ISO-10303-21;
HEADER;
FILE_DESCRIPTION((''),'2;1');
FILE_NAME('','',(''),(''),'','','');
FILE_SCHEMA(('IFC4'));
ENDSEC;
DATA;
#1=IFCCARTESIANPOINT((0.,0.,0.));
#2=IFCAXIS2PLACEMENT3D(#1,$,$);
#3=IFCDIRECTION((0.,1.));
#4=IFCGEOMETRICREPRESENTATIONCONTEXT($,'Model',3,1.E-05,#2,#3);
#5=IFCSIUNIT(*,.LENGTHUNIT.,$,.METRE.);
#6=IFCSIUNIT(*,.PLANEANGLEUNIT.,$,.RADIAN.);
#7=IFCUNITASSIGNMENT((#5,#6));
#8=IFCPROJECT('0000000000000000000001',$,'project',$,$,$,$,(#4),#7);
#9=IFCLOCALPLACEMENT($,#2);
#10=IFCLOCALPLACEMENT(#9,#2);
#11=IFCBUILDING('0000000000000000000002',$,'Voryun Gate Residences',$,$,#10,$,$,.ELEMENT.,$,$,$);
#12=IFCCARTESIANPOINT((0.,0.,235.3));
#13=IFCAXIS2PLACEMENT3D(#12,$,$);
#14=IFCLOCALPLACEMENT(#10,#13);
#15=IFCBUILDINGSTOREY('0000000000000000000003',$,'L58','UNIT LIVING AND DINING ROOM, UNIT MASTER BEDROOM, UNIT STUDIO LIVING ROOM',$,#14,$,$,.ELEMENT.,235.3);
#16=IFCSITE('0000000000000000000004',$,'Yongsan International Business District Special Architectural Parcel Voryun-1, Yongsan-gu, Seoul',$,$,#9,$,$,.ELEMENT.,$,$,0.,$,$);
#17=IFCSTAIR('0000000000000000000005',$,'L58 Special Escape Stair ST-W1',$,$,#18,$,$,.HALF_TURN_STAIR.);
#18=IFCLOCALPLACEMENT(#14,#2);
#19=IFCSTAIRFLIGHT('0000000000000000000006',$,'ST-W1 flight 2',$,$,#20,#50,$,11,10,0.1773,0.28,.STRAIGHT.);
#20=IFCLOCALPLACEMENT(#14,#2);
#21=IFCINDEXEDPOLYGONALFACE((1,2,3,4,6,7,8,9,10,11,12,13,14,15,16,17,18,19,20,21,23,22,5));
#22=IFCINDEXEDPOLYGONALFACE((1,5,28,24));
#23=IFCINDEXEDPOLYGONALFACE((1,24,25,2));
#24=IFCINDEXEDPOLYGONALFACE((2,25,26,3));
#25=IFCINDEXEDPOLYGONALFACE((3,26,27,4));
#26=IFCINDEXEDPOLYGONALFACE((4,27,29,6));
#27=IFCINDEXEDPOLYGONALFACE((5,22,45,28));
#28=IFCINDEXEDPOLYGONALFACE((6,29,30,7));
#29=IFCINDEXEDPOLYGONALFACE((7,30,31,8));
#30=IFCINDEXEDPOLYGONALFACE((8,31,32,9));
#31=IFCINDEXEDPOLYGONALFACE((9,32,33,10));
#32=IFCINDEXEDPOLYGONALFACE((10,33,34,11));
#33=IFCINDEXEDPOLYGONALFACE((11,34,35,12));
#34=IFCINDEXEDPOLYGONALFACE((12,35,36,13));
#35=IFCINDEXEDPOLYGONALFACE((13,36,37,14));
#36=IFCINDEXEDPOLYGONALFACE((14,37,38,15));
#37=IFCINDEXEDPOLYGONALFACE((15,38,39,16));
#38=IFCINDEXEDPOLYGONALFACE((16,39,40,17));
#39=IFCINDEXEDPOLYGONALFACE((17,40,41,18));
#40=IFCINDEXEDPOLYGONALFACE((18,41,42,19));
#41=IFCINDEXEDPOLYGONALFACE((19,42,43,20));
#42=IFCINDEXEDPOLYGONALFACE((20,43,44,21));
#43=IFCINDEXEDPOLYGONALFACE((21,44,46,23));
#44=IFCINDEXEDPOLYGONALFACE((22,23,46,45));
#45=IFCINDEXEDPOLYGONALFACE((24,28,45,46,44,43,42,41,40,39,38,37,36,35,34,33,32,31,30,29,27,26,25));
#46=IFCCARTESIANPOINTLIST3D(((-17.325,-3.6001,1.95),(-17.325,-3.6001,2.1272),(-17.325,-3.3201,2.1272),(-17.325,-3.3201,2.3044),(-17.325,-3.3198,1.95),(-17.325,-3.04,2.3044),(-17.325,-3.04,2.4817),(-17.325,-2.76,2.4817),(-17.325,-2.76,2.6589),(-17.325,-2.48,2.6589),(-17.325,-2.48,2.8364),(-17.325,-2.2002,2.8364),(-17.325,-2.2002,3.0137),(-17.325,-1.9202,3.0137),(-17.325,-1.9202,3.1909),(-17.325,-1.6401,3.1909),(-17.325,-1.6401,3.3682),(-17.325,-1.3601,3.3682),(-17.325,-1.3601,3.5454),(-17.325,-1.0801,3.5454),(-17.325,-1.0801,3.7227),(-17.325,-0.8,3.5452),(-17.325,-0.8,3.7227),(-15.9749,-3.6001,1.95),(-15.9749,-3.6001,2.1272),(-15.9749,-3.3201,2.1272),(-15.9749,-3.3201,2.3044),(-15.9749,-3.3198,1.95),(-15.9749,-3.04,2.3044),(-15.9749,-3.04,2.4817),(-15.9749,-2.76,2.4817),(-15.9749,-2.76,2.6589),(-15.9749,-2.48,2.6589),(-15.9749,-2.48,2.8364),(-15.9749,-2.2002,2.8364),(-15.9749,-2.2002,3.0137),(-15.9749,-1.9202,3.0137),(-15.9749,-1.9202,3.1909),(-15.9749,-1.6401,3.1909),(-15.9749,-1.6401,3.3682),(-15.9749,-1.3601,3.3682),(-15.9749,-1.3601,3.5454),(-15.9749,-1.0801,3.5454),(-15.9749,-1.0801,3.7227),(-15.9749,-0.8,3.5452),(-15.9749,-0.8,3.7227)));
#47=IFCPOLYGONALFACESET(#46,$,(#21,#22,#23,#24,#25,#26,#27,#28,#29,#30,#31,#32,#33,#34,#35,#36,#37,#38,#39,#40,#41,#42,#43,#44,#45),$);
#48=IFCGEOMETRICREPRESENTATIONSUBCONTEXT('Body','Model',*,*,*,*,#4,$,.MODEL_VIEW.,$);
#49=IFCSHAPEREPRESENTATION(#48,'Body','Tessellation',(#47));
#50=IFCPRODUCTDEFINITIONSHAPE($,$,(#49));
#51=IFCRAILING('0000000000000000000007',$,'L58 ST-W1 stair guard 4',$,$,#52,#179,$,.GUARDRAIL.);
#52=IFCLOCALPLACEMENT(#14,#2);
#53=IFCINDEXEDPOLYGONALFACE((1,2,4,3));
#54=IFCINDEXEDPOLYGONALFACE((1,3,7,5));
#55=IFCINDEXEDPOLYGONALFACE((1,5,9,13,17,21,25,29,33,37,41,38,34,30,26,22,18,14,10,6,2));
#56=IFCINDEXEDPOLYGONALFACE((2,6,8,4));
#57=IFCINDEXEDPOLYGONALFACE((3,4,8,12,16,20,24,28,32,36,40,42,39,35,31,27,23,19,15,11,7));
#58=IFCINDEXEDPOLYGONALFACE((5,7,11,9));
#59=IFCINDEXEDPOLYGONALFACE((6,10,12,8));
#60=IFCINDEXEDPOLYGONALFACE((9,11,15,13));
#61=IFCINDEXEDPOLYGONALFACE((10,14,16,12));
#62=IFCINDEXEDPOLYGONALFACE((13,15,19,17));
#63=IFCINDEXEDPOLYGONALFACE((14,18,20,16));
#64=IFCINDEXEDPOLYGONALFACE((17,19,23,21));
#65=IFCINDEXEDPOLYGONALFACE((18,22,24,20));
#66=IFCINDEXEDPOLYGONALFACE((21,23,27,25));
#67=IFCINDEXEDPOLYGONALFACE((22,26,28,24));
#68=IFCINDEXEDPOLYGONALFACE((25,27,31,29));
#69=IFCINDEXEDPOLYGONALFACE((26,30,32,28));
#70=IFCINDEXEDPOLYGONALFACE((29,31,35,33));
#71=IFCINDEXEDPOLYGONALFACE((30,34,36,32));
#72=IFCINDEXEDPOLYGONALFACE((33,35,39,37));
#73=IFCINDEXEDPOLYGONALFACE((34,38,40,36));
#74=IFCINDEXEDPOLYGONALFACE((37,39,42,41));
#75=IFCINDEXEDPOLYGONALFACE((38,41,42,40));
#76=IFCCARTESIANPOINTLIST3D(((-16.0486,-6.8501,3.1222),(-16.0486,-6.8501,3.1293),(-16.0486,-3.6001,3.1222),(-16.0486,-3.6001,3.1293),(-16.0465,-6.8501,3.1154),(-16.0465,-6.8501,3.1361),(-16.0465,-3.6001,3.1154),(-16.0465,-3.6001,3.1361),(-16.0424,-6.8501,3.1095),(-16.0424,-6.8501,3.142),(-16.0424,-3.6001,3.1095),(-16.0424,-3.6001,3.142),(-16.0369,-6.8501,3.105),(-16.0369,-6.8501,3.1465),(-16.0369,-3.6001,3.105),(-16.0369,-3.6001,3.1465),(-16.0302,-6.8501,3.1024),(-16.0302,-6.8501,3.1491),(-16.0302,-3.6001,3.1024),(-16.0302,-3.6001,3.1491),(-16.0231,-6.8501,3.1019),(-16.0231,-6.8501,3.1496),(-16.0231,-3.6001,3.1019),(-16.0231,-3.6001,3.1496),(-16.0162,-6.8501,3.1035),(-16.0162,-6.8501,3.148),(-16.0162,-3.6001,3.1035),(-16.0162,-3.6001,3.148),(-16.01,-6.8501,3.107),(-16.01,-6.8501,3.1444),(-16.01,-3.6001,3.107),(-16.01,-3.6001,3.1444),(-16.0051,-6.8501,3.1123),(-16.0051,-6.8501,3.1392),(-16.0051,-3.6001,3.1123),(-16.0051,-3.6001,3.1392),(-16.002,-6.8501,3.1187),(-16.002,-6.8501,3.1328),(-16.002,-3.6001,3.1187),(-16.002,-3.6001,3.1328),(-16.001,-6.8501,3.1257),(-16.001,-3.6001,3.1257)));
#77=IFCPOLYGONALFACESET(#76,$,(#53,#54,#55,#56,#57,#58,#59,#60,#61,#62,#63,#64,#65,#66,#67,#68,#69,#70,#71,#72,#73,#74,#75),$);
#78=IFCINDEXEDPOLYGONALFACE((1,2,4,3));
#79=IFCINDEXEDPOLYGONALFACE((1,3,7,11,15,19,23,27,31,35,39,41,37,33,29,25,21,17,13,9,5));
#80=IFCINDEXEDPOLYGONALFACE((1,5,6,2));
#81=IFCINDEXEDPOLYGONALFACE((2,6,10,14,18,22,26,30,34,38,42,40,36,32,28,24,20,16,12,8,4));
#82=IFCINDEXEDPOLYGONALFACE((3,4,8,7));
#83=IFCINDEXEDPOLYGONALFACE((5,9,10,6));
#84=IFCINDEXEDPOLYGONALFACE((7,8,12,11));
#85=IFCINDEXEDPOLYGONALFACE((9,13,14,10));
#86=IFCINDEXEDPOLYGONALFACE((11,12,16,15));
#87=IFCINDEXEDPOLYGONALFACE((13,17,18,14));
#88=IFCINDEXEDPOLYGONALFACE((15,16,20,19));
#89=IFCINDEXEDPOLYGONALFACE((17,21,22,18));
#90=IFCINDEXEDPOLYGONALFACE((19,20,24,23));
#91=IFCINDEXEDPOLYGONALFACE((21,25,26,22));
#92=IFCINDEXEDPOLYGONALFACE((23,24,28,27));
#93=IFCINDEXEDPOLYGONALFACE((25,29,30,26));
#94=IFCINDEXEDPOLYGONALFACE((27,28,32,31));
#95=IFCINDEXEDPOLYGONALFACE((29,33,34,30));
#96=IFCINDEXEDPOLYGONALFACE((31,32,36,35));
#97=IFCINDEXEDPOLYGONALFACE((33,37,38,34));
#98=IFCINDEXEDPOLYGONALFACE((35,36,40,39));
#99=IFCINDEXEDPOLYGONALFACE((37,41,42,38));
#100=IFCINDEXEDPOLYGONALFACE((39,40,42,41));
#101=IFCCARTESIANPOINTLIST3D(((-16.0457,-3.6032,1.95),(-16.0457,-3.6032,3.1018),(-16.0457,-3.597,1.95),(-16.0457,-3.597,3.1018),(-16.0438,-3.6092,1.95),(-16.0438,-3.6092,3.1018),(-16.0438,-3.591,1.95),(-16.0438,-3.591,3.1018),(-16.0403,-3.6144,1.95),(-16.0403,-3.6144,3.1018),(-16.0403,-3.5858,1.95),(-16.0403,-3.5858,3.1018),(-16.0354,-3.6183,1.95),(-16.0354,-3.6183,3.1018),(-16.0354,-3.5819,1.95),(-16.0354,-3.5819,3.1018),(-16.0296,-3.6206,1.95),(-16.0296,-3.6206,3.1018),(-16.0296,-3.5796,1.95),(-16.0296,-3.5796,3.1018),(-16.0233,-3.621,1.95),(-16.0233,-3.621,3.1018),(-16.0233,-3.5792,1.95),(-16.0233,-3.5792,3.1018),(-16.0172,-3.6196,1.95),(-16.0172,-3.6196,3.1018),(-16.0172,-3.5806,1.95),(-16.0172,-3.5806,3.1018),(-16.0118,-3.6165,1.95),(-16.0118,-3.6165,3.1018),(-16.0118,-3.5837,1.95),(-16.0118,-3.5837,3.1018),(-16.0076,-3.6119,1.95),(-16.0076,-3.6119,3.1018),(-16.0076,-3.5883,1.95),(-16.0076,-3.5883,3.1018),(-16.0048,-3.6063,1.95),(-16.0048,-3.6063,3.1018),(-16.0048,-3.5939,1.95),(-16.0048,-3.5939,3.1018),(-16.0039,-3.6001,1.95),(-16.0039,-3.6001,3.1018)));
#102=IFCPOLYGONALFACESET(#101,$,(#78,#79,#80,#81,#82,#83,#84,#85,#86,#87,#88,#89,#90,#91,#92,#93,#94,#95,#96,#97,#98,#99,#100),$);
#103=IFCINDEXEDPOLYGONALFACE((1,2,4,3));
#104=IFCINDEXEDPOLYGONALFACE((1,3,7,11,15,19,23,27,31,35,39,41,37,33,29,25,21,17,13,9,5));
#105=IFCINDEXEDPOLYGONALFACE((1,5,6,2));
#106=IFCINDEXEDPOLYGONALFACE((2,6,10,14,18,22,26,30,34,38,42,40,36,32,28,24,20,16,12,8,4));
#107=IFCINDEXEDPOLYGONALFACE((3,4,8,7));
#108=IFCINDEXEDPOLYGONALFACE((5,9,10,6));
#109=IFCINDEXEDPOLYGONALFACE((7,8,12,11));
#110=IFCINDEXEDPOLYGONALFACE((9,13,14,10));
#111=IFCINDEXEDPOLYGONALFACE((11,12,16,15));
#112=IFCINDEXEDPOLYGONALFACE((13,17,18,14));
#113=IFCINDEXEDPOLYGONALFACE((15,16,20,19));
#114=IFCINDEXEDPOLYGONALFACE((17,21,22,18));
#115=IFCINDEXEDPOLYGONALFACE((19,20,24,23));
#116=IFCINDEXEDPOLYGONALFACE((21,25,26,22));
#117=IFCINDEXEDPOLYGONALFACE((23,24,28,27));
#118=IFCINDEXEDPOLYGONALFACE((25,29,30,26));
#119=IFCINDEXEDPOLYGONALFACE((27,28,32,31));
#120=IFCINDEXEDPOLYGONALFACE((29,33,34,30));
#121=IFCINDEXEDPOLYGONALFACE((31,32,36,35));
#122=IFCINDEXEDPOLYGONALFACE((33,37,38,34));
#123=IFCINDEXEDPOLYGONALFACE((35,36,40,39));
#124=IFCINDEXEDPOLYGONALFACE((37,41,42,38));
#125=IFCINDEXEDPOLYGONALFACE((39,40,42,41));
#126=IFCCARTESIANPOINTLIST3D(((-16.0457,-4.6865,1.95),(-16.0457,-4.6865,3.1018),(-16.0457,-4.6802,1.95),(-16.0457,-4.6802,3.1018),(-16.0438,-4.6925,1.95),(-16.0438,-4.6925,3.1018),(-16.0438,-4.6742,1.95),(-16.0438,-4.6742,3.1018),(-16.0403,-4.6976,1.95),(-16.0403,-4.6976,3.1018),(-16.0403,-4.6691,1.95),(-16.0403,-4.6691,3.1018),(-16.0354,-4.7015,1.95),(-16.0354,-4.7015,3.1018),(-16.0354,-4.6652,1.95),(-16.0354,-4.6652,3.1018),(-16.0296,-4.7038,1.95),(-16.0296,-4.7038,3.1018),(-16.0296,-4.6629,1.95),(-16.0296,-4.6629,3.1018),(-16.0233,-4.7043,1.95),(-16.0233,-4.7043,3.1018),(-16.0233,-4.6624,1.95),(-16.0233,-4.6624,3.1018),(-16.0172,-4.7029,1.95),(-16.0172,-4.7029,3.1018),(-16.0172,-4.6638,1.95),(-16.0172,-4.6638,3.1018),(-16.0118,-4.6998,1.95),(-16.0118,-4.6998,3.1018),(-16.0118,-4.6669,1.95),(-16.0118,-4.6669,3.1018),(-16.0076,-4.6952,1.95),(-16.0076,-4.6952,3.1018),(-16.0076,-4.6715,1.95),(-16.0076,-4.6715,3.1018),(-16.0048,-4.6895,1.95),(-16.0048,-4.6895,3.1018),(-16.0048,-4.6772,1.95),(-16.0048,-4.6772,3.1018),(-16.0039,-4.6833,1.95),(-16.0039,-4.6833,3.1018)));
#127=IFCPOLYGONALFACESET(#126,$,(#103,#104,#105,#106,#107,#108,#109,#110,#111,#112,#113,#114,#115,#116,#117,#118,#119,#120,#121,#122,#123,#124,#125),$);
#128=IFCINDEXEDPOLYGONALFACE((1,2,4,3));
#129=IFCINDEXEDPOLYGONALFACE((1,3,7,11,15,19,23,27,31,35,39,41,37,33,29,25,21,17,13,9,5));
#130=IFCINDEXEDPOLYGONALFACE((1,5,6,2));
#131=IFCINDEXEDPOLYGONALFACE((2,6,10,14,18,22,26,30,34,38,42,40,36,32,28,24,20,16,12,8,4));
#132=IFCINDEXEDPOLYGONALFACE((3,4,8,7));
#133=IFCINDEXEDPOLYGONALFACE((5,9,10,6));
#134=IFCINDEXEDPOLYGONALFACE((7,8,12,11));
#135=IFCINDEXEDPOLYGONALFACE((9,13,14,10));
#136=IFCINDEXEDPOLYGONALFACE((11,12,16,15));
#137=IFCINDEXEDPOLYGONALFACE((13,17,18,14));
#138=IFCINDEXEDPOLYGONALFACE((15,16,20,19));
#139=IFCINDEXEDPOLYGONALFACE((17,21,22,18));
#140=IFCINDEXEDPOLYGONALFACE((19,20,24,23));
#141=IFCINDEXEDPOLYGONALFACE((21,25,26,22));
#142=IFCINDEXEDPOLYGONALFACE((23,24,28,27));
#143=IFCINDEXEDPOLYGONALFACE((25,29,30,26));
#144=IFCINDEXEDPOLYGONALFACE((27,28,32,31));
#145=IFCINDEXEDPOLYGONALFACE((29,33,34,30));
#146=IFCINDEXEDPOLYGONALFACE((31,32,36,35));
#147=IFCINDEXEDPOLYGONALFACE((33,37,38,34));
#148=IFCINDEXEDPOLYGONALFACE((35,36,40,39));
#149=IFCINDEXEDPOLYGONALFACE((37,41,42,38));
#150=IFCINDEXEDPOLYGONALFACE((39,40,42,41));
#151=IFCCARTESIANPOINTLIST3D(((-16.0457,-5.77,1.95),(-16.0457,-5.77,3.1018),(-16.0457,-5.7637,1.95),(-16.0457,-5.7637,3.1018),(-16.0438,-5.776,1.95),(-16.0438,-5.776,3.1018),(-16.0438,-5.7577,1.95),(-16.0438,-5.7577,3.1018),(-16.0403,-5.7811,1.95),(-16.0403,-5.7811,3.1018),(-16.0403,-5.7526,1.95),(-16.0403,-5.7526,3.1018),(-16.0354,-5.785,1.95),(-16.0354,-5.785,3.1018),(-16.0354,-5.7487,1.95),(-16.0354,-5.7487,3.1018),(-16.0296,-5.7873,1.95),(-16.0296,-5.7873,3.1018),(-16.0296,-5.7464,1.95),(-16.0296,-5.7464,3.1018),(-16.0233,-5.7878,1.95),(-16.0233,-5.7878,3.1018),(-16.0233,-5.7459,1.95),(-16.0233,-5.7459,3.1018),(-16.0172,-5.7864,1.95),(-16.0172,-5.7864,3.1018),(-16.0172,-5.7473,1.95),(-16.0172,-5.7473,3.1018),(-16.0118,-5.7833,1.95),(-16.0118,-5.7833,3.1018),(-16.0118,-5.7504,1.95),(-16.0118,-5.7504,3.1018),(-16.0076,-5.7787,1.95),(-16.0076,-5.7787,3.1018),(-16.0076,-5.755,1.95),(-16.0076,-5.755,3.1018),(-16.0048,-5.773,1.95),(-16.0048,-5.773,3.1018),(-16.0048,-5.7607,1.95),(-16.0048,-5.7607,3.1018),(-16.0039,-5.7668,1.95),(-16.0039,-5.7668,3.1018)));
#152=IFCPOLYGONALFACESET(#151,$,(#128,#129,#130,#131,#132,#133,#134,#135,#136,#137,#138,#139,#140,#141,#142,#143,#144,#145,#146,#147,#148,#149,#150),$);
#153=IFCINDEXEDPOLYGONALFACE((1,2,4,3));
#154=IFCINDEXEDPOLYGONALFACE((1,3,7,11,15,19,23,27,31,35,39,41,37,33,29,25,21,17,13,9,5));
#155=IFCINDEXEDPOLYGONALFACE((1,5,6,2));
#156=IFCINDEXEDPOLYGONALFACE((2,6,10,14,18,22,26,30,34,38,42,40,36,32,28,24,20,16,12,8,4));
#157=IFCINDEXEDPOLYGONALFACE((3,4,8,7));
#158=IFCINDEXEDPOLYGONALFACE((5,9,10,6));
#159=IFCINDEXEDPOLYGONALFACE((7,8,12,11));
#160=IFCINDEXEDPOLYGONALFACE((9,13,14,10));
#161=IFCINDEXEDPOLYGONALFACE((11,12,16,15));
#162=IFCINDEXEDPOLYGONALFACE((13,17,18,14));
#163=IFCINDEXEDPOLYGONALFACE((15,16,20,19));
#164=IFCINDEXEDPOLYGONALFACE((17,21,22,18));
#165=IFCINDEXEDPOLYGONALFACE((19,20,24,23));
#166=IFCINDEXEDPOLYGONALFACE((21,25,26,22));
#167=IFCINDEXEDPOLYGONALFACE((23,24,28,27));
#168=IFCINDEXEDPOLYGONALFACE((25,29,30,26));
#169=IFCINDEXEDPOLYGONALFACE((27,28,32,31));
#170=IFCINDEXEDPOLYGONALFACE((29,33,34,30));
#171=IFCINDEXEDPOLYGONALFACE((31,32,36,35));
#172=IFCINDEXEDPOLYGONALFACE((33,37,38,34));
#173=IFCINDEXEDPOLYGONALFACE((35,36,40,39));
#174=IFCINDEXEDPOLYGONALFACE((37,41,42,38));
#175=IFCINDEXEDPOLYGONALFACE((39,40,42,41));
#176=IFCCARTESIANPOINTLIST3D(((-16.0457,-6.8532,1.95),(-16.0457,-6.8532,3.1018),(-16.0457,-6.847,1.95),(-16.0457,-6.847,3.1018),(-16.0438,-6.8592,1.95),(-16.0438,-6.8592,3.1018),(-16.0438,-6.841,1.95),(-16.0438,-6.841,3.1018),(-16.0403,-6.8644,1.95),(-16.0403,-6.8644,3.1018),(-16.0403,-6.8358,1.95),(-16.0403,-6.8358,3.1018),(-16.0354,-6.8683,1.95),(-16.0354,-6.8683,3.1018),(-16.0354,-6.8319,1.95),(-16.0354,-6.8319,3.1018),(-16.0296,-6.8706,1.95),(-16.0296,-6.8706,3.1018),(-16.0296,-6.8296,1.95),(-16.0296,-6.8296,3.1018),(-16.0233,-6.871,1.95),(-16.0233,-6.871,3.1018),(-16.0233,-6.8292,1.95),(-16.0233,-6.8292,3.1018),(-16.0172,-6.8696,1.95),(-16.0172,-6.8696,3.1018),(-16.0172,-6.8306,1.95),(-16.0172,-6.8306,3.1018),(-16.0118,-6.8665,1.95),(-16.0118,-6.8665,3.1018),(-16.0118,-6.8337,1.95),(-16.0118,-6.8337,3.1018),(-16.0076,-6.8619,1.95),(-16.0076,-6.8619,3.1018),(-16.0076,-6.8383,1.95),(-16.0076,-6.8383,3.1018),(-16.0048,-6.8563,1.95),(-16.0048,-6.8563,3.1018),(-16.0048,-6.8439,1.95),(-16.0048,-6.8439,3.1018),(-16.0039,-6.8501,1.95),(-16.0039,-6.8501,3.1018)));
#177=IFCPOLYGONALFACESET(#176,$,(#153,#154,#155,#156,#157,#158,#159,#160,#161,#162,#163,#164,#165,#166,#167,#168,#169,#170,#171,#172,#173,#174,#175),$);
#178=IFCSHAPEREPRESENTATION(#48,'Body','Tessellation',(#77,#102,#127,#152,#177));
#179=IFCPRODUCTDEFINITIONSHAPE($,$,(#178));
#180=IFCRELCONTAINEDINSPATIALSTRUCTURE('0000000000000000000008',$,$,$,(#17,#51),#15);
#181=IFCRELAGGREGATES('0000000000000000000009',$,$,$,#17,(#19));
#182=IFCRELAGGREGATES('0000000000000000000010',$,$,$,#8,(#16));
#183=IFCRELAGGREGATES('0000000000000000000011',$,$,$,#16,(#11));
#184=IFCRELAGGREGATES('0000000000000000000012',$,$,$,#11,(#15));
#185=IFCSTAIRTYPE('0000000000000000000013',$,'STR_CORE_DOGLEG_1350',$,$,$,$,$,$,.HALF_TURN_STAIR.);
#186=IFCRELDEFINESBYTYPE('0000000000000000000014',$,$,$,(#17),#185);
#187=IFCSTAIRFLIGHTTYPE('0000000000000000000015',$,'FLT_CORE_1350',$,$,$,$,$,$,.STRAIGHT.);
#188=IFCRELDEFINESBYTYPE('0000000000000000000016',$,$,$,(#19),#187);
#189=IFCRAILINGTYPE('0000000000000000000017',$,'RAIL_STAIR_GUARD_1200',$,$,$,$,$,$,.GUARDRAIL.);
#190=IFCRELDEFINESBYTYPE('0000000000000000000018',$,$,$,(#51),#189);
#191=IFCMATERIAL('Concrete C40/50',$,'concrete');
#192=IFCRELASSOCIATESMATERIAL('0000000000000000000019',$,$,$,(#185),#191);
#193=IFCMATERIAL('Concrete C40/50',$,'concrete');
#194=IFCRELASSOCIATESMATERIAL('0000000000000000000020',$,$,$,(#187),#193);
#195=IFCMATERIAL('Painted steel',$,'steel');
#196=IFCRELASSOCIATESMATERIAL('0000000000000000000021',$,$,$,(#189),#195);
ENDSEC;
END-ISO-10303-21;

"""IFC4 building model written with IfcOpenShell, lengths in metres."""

from ifc_helpers import new_model, si_unit, direction, frame, origin, origin_2d, place, context, subcontext, project, spatial, polyline, circle, outline, extrude, material, type_object, element, aggregate, save


model = new_model("IFC4")

# Units and contexts
model_context = context("Model", 3, precision=1e-05, world=origin(), true_north=direction((0.0, 1.0)))
body_context = subcontext(model_context, "Body", "Model", "MODEL_VIEW")
ifc_project = project(units=[si_unit("LENGTHUNIT", "METRE"), si_unit("PLANEANGLEUNIT", "RADIAN")], contexts=[model_context])

# Site, building, storey
site_placement = place(None, origin())
site = spatial("IfcSite", under=ifc_project, at=site_placement, Name="Yongsan International Business District Special Architectural Parcel Voryun-1, Yongsan-gu, Seoul", CompositionType="ELEMENT", RefElevation=0.0)
building_placement = place(site_placement, origin())
building = spatial("IfcBuilding", under=site, at=building_placement, Name="Voryun Gate Residences", CompositionType="ELEMENT")
storey_placement = place(building_placement, frame((0.0, 0.0, 235.3)))
storey = spatial("IfcBuildingStorey", under=building, at=storey_placement, Name="L58", Description="UNIT LIVING AND DINING ROOM, UNIT MASTER BEDROOM, UNIT STUDIO LIVING ROOM", CompositionType="ELEMENT", Elevation=235.3)

# Stair, stair flight
ifc_material_1 = material(Name="Concrete C40/50", Category="concrete")
stair_type = type_object("IfcStairType", Name="STR_CORE_DOGLEG_1350", PredefinedType="HALF_TURN_STAIR", material=ifc_material_1)
stair_placement = place(storey_placement, origin())
stair = element("IfcStair", 1, at=stair_placement, inside=storey, type_object=stair_type, Name="L58 Special Escape Stair ST-W1", PredefinedType="HALF_TURN_STAIR")
ifc_material_2 = material(Name="Concrete C40/50", Category="concrete")
stair_flight_type = type_object("IfcStairFlightType", Name="FLT_CORE_1350", PredefinedType="STRAIGHT", material=ifc_material_2)
stair_flight_placement = place(storey_placement, frame((-16.6499, -3.6001, 1.95), z_axis=(0.0, 0.0, 1.0), x_axis=(0.0, 1.0, 0.0)))
stair_flight = element("IfcStairFlight", 2, at=stair_flight_placement, type_object=stair_flight_type, Name="ST-W1 flight 2", NumberOfRisers=11, NumberOfTreads=10, PredefinedType="STRAIGHT", RiserHeight=0.1773, TreadLength=0.28, context=body_context, shape_type="SweptSolid", body=[
    extrude(outline(polyline([(0.0, 0.0), (0.0, 0.1772), (0.28, 0.1772), (0.28, 0.3545), (0.5601, 0.3545), (0.5601, 0.5317), (0.8401, 0.5317), (0.8401, 0.709), (1.1201, 0.709), (1.1201, 0.8865), (1.3999, 0.8865), (1.3999, 1.0637), (1.6799, 1.0637), (1.6799, 1.241), (1.96, 1.241), (1.96, 1.4182), (2.24, 1.4182), (2.24, 1.5955), (2.52, 1.5955), (2.52, 1.7727), (2.8, 1.7727), (2.8, 1.95), (2.8, 1.5952), (0.2803, 0.0), (0.0, 0.0)])), frame((0.0, 0.675, 0.0), z_axis=(0.0, -1.0, 0.0), x_axis=(1.0, 0.0, 0.0)), (0.0, 0.0, 1.0), 1.3501),
])
aggregate(stair, [stair_flight])

# Railing
ifc_material_3 = material(Name="Painted steel", Category="steel")
railing_type_1 = type_object("IfcRailingType", Name="RAIL_STAIR_GUARD_1200", PredefinedType="GUARDRAIL", material=ifc_material_3)
railing_1_placement = place(storey_placement, frame((-16.0249, -3.6001, 1.95)))
element("IfcRailing", 3, at=railing_1_placement, inside=storey, type_object=railing_type_1, Name="L58 ST-W1 stair guard 4", PredefinedType="GUARDRAIL", context=body_context, shape_type="SweptSolid", body=[
    extrude(circle(Radius=0.0239, at=origin_2d()), frame((0.0, 0.0, 1.1758), z_axis=(0.0, -1.0, 0.0), x_axis=(1.0, 0.0, 0.0)), (0.0, 0.0, 1.0), 3.25),
    extrude(circle(Radius=0.021, at=origin_2d()), origin(), (0.0, 0.0, 1.0), 1.1519),
    extrude(circle(Radius=0.021, at=origin_2d()), frame((0.0, -1.0833, 0.0)), (0.0, 0.0, 1.0), 1.1519),
    extrude(circle(Radius=0.021, at=origin_2d()), frame((0.0, -2.1667, 0.0)), (0.0, 0.0, 1.0), 1.1519),
    extrude(circle(Radius=0.021, at=origin_2d()), frame((0.0, -3.25, 0.0)), (0.0, 0.0, 1.0), 1.1519),
])

save(model, "model.ifc")
